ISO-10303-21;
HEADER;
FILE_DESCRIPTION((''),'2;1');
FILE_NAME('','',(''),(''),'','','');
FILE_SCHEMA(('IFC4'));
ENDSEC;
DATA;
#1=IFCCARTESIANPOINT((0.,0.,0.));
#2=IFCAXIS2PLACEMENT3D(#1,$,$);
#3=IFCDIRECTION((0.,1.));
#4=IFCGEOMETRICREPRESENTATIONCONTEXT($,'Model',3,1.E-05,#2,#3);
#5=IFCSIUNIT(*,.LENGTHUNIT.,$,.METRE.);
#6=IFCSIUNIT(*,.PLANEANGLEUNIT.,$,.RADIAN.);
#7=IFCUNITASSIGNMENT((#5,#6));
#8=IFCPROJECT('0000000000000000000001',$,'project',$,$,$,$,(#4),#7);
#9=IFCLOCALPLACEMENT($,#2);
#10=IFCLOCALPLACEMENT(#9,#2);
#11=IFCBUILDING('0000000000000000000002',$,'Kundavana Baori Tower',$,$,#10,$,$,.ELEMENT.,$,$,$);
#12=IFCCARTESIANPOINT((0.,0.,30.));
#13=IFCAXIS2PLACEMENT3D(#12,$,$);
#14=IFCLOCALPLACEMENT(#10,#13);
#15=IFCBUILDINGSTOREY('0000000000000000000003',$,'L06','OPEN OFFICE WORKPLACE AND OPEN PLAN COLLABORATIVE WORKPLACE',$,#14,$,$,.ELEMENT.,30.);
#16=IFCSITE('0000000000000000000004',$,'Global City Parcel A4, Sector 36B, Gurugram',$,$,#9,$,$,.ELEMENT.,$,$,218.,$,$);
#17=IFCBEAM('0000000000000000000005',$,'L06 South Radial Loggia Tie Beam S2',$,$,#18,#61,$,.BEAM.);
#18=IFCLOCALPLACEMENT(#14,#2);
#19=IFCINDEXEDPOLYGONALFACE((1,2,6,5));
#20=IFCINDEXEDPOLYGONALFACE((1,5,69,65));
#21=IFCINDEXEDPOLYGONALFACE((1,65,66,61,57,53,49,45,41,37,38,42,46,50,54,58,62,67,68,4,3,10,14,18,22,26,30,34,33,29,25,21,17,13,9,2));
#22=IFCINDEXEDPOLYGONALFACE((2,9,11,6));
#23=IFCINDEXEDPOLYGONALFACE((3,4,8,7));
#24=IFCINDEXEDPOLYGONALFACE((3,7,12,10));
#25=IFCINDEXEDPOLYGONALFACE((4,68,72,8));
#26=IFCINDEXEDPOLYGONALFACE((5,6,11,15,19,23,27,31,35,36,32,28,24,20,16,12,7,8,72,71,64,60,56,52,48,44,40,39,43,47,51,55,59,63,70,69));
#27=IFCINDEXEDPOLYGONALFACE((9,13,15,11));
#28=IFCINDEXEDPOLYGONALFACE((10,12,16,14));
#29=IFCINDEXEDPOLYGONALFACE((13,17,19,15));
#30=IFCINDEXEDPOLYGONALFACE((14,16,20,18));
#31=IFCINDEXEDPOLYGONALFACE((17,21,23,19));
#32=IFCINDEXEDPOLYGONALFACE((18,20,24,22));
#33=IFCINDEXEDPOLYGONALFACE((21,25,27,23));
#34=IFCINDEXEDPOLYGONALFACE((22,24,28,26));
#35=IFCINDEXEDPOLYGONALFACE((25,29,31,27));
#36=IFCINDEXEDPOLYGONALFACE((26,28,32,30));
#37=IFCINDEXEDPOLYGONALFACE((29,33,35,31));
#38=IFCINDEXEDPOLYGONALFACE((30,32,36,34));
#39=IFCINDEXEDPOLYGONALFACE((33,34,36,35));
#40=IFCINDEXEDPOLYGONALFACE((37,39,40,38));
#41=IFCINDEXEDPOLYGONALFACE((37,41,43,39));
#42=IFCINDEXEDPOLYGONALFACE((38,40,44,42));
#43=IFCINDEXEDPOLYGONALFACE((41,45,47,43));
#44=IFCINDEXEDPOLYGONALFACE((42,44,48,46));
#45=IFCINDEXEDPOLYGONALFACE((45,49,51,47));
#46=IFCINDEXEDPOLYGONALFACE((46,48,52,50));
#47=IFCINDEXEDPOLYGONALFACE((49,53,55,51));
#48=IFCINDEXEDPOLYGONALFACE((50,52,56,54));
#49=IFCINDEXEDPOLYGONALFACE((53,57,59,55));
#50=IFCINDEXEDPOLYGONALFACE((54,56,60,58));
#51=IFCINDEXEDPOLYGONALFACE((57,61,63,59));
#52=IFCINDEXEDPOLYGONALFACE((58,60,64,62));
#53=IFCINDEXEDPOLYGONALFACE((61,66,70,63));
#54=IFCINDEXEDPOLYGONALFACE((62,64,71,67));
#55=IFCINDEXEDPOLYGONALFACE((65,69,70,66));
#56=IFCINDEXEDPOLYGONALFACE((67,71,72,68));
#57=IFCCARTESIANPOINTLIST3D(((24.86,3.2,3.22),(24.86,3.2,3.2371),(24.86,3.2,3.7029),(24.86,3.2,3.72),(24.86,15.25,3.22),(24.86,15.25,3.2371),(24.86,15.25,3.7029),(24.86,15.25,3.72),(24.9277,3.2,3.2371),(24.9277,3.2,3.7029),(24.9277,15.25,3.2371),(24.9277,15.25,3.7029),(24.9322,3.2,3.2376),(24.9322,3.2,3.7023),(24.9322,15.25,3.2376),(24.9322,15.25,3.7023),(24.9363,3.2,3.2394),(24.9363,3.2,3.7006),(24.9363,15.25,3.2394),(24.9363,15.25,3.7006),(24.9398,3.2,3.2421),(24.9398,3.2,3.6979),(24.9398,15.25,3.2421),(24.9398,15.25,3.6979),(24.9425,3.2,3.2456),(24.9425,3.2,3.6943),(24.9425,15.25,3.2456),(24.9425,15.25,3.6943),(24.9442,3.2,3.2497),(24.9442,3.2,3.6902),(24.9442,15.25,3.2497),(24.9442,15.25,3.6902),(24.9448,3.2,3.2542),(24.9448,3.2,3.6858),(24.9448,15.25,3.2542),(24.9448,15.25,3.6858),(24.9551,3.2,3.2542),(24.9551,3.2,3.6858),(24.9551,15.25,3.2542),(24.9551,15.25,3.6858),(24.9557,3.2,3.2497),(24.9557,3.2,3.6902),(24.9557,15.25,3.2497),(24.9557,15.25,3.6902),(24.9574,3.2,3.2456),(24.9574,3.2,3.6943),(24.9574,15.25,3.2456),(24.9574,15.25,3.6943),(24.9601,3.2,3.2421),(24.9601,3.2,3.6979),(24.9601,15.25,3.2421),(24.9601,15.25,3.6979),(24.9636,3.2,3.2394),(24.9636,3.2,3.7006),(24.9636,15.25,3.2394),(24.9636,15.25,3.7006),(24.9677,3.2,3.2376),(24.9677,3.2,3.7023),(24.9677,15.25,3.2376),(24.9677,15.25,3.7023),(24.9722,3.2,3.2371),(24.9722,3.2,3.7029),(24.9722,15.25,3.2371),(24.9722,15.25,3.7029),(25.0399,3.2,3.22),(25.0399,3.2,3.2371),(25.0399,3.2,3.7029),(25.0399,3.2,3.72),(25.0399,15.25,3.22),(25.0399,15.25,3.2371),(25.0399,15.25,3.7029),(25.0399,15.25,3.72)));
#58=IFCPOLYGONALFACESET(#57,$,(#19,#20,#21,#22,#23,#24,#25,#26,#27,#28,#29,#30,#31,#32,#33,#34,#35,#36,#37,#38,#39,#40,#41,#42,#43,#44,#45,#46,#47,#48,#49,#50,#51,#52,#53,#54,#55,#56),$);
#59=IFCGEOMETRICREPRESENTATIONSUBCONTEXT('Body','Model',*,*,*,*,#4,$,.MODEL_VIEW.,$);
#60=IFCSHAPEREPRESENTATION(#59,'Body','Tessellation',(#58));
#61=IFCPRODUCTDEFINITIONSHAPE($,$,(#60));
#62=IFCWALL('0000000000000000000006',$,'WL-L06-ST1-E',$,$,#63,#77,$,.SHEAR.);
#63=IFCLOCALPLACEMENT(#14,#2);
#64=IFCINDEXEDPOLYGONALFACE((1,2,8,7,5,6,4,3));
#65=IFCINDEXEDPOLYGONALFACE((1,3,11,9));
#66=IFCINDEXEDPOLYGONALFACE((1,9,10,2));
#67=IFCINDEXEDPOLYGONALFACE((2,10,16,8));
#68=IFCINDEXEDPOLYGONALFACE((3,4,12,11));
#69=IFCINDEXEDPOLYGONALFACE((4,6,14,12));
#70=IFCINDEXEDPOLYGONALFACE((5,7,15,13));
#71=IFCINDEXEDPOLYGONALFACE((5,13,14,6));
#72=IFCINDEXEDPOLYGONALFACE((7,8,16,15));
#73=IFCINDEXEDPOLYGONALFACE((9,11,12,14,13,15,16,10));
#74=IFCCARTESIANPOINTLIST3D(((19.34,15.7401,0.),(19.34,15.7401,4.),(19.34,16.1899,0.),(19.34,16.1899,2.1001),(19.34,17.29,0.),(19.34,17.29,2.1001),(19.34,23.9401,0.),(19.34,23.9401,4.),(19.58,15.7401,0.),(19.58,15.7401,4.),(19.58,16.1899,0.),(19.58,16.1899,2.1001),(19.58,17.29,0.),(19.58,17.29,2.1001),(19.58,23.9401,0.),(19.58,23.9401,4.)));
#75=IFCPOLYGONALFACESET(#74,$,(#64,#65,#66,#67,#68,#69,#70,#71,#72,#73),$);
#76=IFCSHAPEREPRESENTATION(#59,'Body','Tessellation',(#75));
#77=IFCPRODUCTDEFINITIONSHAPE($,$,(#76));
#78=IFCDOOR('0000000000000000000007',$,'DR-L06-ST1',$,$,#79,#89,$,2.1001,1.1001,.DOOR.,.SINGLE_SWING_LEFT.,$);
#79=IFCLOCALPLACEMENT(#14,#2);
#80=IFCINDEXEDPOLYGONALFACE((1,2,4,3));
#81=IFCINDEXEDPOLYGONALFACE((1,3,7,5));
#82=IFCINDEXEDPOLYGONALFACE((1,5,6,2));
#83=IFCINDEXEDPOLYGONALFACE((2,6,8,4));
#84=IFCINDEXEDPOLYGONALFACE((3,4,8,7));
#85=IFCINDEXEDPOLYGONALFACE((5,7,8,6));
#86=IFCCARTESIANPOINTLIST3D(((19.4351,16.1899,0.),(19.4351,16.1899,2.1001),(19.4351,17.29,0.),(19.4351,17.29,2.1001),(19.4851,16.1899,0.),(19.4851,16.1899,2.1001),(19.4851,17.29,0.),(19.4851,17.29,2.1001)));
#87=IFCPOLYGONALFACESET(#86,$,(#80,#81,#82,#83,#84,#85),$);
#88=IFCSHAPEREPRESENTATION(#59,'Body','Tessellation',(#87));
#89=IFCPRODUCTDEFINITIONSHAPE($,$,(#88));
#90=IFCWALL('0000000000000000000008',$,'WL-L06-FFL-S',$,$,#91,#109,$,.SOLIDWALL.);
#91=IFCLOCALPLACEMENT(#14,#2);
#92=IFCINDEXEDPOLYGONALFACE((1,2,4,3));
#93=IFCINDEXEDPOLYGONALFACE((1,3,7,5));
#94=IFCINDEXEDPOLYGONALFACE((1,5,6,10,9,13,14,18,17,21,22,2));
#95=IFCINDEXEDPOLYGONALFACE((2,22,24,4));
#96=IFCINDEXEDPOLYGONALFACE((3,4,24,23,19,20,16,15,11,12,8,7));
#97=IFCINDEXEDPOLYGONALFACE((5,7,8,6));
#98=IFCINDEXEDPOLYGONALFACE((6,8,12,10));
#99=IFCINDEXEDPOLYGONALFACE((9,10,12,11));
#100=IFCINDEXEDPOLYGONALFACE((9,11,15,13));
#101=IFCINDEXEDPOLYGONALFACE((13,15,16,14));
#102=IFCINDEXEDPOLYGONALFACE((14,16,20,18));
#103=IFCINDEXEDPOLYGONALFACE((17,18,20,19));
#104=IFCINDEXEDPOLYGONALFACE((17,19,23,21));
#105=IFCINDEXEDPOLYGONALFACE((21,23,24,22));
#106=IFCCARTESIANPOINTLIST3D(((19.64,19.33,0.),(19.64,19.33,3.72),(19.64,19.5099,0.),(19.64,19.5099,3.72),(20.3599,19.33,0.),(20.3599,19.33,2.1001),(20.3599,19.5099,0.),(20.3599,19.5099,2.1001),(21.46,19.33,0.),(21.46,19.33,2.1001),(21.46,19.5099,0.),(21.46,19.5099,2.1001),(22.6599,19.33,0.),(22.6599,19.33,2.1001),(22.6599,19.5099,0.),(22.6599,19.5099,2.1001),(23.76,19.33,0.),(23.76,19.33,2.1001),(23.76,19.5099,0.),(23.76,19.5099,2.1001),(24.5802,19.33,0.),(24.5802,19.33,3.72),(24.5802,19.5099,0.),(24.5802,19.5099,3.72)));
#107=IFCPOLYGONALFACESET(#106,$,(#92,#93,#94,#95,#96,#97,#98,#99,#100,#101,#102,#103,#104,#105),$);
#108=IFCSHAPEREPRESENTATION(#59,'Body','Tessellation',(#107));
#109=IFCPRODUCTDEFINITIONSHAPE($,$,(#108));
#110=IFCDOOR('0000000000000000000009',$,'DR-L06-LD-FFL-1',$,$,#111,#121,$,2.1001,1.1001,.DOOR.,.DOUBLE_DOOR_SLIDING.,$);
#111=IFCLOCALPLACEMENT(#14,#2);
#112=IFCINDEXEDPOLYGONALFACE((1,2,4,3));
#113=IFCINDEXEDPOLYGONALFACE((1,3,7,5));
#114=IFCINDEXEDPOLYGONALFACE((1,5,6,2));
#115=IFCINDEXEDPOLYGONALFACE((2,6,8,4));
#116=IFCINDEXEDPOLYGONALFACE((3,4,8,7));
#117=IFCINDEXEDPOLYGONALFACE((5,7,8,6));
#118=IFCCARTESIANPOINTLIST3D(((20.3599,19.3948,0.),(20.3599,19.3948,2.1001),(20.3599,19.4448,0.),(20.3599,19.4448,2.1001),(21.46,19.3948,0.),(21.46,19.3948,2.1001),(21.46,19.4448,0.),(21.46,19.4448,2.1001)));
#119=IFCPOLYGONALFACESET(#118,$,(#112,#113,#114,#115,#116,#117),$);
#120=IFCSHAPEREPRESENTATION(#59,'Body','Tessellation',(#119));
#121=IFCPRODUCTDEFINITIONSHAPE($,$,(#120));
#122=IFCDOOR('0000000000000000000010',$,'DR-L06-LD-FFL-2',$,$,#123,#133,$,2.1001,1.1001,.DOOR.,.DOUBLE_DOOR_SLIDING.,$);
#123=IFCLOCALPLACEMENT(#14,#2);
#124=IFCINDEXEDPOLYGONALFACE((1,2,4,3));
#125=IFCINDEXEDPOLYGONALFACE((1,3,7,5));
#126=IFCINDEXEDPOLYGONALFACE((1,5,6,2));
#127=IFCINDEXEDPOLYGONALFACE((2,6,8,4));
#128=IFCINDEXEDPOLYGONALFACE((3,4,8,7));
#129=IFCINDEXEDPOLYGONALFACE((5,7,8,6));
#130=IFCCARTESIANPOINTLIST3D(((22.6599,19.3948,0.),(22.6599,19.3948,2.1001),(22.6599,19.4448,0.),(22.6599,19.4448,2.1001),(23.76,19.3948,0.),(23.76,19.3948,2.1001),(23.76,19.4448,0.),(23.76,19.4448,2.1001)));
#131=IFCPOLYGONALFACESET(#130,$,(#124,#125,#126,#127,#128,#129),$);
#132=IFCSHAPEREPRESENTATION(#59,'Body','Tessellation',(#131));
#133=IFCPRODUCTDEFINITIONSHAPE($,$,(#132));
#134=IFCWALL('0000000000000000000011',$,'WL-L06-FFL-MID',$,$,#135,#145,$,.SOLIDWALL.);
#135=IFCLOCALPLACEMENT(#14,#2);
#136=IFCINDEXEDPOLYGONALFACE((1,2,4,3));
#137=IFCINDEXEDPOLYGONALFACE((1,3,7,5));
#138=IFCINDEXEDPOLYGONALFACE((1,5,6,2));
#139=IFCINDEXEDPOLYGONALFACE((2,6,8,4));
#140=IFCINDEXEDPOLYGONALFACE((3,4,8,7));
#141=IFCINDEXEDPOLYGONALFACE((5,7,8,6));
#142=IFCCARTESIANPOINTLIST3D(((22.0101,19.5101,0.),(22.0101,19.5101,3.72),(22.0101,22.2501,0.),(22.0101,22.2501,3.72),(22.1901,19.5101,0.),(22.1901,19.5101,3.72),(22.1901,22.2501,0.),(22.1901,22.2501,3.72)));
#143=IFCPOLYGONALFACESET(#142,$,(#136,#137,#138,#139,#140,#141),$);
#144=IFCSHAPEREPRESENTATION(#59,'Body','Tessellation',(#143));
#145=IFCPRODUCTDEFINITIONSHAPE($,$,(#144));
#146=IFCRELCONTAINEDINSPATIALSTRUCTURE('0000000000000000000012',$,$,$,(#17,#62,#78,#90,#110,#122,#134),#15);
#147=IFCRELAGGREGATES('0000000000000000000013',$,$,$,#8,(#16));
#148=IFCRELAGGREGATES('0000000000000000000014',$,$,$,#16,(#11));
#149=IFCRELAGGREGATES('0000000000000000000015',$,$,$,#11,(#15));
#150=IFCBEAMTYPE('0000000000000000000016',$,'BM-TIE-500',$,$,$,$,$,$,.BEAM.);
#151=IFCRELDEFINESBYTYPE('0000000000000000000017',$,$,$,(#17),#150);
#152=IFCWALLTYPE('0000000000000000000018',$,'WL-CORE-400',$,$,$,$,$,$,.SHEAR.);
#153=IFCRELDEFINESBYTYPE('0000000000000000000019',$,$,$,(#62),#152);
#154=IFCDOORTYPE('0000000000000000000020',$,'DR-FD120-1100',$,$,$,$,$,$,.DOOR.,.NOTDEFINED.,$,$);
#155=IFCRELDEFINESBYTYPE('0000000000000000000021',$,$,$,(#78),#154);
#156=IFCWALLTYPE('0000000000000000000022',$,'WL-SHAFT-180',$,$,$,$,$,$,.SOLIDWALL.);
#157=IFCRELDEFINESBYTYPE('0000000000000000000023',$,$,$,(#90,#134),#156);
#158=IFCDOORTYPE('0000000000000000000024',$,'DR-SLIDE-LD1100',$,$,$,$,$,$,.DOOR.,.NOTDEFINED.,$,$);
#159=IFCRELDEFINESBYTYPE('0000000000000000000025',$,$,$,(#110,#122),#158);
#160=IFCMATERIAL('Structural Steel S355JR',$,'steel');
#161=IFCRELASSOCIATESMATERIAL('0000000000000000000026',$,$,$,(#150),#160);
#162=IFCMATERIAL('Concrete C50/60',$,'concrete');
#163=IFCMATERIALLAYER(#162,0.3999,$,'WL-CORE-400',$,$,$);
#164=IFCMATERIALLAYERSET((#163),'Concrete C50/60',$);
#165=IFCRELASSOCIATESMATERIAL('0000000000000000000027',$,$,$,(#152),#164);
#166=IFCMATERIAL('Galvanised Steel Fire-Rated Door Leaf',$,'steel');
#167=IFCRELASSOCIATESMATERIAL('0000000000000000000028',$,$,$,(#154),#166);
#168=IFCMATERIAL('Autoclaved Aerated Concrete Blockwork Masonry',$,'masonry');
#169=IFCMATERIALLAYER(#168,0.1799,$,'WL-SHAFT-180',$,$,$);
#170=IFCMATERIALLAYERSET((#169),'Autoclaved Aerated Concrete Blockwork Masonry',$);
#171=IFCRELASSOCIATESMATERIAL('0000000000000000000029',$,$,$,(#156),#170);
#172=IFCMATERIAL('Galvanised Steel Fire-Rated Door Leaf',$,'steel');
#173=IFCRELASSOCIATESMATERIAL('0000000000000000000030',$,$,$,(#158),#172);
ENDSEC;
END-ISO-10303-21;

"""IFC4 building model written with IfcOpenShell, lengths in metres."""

from ifc_helpers import new_model, si_unit, direction, frame, frame_2d, origin, origin_2d, place, context, subcontext, project, spatial, rectangle, i_section, extrude, material, layer, layer_set, material_profile, profile_set, type_object, element, fill, save


model = new_model("IFC4")

# Units and contexts
model_context = context("Model", 3, precision=1e-05, world=origin(), true_north=direction((0.0, 1.0)))
body_context = subcontext(model_context, "Body", "Model", "MODEL_VIEW")
ifc_project = project(units=[si_unit("LENGTHUNIT", "METRE"), si_unit("PLANEANGLEUNIT", "RADIAN")], contexts=[model_context])

# Site, building, storey
site_placement = place(None, origin())
site = spatial("IfcSite", under=ifc_project, at=site_placement, Name="Global City Parcel A4, Sector 36B, Gurugram", CompositionType="ELEMENT", RefElevation=218.0)
building_placement = place(site_placement, origin())
building = spatial("IfcBuilding", under=site, at=building_placement, Name="Kundavana Baori Tower", CompositionType="ELEMENT")
storey_placement = place(building_placement, frame((0.0, 0.0, 30.0)))
storey = spatial("IfcBuildingStorey", under=building, at=storey_placement, Name="L06", Description="OPEN OFFICE WORKPLACE AND OPEN PLAN COLLABORATIVE WORKPLACE", CompositionType="ELEMENT", Elevation=30.0)

# Beam
ifc_material_1 = material(Name="Structural Steel S355JR", Category="steel")
ifc_material_profile_1 = material_profile(ifc_material_1, i_section(OverallWidth=0.1799, OverallDepth=0.5, WebThickness=0.0103, FlangeThickness=0.0171, FilletRadius=0.0171, at=origin_2d()), Name="ISMB 500")
ifc_profile_set_1 = profile_set([ifc_material_profile_1], Name="Structural Steel S355JR")
beam_type_1 = type_object("IfcBeamType", Name="BM-TIE-500", PredefinedType="BEAM", material=ifc_profile_set_1)
beam_1_placement = place(storey_placement, frame((24.95, 15.25, 3.47), z_axis=(0.0, -1.0, 0.0), x_axis=(1.0, 0.0, 0.0)))
element("IfcBeam", 1, at=beam_1_placement, inside=storey, type_object=beam_type_1, Name="L06 South Radial Loggia Tie Beam S2", PredefinedType="BEAM", context=body_context, shape_type="SweptSolid", body=[
    extrude(i_section(OverallWidth=0.1799, OverallDepth=0.5, WebThickness=0.0103, FlangeThickness=0.0171, FilletRadius=0.0171, at=origin_2d()), origin(), (0.0, 0.0, 1.0), 12.05),
])

# Wall, opening, door
ifc_material_2 = material(Name="Concrete C50/60", Category="concrete")
ifc_layer_1 = layer(ifc_material_2, 0.3999, Name="WL-CORE-400")
ifc_layer_set_1 = layer_set([ifc_layer_1], Name="Concrete C50/60")
wall_type_1 = type_object("IfcWallType", Name="WL-CORE-400", PredefinedType="SHEAR", material=ifc_layer_set_1)
wall_1_placement = place(storey_placement, frame((19.46, 15.74, 0.0), z_axis=(0.0, 0.0, 1.0), x_axis=(0.0, 1.0, 0.0)))
wall_1 = element("IfcWall", 2, at=wall_1_placement, inside=storey, type_object=wall_type_1, Name="WL-L06-ST1-E", PredefinedType="SHEAR", context=body_context, shape_type="SweptSolid", body=[
    extrude(rectangle(XDim=8.2, YDim=0.24, at=frame_2d((4.1001, 0.0))), origin(), (0.0, 0.0, 1.0), 4.0),
])
opening_1_placement = place(wall_1_placement, frame((0.45, 0.0, 0.0)))
opening_1 = element("IfcOpeningElement", 3, at=opening_1_placement, cuts=wall_1, PredefinedType="OPENING", context=body_context, shape_type="SweptSolid", body=[
    extrude(rectangle(XDim=1.1001, YDim=2.1001, at=frame_2d((0.55, 1.05))), frame((0.0, 0.1299, 0.0), z_axis=(0.0, -1.0, 0.0), x_axis=(1.0, 0.0, 0.0)), (0.0, 0.0, 1.0), 0.26),
])
ifc_material_3 = material(Name="Galvanised Steel Fire-Rated Door Leaf", Category="steel")
door_type_1 = type_object("IfcDoorType", Name="DR-FD120-1100", OperationType="NOTDEFINED", PredefinedType="DOOR", material=ifc_material_3)
door_1_placement = place(opening_1_placement, origin())
door_1 = element("IfcDoor", 4, at=door_1_placement, inside=storey, type_object=door_type_1, Name="DR-L06-ST1", OperationType="SINGLE_SWING_LEFT", OverallHeight=2.1001, OverallWidth=1.1001, PredefinedType="DOOR", context=body_context, shape_type="SweptSolid", body=[
    extrude(rectangle(XDim=1.1001, YDim=2.1001, at=frame_2d((0.55, 1.05))), frame((0.0, 0.0249, 0.0), z_axis=(0.0, -1.0, 0.0), x_axis=(1.0, 0.0, 0.0)), (0.0, 0.0, 1.0), 0.05),
])
fill(opening_1, door_1)

# Wall, openings, doors
ifc_material_4 = material(Name="Autoclaved Aerated Concrete Blockwork Masonry", Category="masonry")
ifc_layer_2 = layer(ifc_material_4, 0.1799, Name="WL-SHAFT-180")
ifc_layer_set_2 = layer_set([ifc_layer_2], Name="Autoclaved Aerated Concrete Blockwork Masonry")
wall_type_2 = type_object("IfcWallType", Name="WL-SHAFT-180", PredefinedType="SOLIDWALL", material=ifc_layer_set_2)
wall_2_placement = place(storey_placement, frame((19.6399, 19.4199, 0.0), z_axis=(0.0, 0.0, 1.0), x_axis=(1.0, 0.0, 0.0)))
wall_2 = element("IfcWall", 5, at=wall_2_placement, inside=storey, type_object=wall_type_2, Name="WL-L06-FFL-S", PredefinedType="SOLIDWALL", context=body_context, shape_type="SweptSolid", body=[
    extrude(rectangle(XDim=4.9402, YDim=0.1799, at=frame_2d((2.4702, 0.0))), origin(), (0.0, 0.0, 1.0), 3.72),
])
opening_2_placement = place(wall_2_placement, frame((0.72, 0.0, 0.0)))
opening_2 = element("IfcOpeningElement", 6, at=opening_2_placement, cuts=wall_2, PredefinedType="OPENING", context=body_context, shape_type="SweptSolid", body=[
    extrude(rectangle(XDim=1.1001, YDim=2.1001, at=frame_2d((0.55, 1.05))), frame((0.0, 0.1001, 0.0), z_axis=(0.0, -1.0, 0.0), x_axis=(1.0, 0.0, 0.0)), (0.0, 0.0, 1.0), 0.2),
])
opening_3_placement = place(wall_2_placement, frame((3.02, 0.0, 0.0)))
opening_3 = element("IfcOpeningElement", 7, at=opening_3_placement, cuts=wall_2, PredefinedType="OPENING", context=body_context, shape_type="SweptSolid", body=[
    extrude(rectangle(XDim=1.1001, YDim=2.1001, at=frame_2d((0.55, 1.05))), frame((0.0, 0.1001, 0.0), z_axis=(0.0, -1.0, 0.0), x_axis=(1.0, 0.0, 0.0)), (0.0, 0.0, 1.0), 0.2),
])
ifc_material_5 = material(Name="Galvanised Steel Fire-Rated Door Leaf", Category="steel")
door_type_2 = type_object("IfcDoorType", Name="DR-SLIDE-LD1100", OperationType="NOTDEFINED", PredefinedType="DOOR", material=ifc_material_5)
door_2_placement = place(opening_2_placement, origin())
door_2 = element("IfcDoor", 8, at=door_2_placement, inside=storey, type_object=door_type_2, Name="DR-L06-LD-FFL-1", OperationType="DOUBLE_DOOR_SLIDING", OverallHeight=2.1001, OverallWidth=1.1001, PredefinedType="DOOR", context=body_context, shape_type="SweptSolid", body=[
    extrude(rectangle(XDim=1.1001, YDim=2.1001, at=frame_2d((0.55, 1.05))), frame((0.0, 0.0249, 0.0), z_axis=(0.0, -1.0, 0.0), x_axis=(1.0, 0.0, 0.0)), (0.0, 0.0, 1.0), 0.05),
])
fill(opening_2, door_2)
door_3_placement = place(opening_3_placement, origin())
door_3 = element("IfcDoor", 9, at=door_3_placement, inside=storey, type_object=door_type_2, Name="DR-L06-LD-FFL-2", OperationType="DOUBLE_DOOR_SLIDING", OverallHeight=2.1001, OverallWidth=1.1001, PredefinedType="DOOR", context=body_context, shape_type="SweptSolid", body=[
    extrude(rectangle(XDim=1.1001, YDim=2.1001, at=frame_2d((0.55, 1.05))), frame((0.0, 0.0249, 0.0), z_axis=(0.0, -1.0, 0.0), x_axis=(1.0, 0.0, 0.0)), (0.0, 0.0, 1.0), 0.05),
])
fill(opening_3, door_3)

# Wall
wall_3_placement = place(storey_placement, frame((22.1001, 19.51, 0.0), z_axis=(0.0, 0.0, 1.0), x_axis=(0.0, 1.0, 0.0)))
element("IfcWall", 10, at=wall_3_placement, inside=storey, type_object=wall_type_2, Name="WL-L06-FFL-MID", PredefinedType="SOLIDWALL", context=body_context, shape_type="SweptSolid", body=[
    extrude(rectangle(XDim=2.74, YDim=0.1799, at=frame_2d((1.3701, 0.0))), origin(), (0.0, 0.0, 1.0), 3.72),
])

save(model, "model.ifc")
